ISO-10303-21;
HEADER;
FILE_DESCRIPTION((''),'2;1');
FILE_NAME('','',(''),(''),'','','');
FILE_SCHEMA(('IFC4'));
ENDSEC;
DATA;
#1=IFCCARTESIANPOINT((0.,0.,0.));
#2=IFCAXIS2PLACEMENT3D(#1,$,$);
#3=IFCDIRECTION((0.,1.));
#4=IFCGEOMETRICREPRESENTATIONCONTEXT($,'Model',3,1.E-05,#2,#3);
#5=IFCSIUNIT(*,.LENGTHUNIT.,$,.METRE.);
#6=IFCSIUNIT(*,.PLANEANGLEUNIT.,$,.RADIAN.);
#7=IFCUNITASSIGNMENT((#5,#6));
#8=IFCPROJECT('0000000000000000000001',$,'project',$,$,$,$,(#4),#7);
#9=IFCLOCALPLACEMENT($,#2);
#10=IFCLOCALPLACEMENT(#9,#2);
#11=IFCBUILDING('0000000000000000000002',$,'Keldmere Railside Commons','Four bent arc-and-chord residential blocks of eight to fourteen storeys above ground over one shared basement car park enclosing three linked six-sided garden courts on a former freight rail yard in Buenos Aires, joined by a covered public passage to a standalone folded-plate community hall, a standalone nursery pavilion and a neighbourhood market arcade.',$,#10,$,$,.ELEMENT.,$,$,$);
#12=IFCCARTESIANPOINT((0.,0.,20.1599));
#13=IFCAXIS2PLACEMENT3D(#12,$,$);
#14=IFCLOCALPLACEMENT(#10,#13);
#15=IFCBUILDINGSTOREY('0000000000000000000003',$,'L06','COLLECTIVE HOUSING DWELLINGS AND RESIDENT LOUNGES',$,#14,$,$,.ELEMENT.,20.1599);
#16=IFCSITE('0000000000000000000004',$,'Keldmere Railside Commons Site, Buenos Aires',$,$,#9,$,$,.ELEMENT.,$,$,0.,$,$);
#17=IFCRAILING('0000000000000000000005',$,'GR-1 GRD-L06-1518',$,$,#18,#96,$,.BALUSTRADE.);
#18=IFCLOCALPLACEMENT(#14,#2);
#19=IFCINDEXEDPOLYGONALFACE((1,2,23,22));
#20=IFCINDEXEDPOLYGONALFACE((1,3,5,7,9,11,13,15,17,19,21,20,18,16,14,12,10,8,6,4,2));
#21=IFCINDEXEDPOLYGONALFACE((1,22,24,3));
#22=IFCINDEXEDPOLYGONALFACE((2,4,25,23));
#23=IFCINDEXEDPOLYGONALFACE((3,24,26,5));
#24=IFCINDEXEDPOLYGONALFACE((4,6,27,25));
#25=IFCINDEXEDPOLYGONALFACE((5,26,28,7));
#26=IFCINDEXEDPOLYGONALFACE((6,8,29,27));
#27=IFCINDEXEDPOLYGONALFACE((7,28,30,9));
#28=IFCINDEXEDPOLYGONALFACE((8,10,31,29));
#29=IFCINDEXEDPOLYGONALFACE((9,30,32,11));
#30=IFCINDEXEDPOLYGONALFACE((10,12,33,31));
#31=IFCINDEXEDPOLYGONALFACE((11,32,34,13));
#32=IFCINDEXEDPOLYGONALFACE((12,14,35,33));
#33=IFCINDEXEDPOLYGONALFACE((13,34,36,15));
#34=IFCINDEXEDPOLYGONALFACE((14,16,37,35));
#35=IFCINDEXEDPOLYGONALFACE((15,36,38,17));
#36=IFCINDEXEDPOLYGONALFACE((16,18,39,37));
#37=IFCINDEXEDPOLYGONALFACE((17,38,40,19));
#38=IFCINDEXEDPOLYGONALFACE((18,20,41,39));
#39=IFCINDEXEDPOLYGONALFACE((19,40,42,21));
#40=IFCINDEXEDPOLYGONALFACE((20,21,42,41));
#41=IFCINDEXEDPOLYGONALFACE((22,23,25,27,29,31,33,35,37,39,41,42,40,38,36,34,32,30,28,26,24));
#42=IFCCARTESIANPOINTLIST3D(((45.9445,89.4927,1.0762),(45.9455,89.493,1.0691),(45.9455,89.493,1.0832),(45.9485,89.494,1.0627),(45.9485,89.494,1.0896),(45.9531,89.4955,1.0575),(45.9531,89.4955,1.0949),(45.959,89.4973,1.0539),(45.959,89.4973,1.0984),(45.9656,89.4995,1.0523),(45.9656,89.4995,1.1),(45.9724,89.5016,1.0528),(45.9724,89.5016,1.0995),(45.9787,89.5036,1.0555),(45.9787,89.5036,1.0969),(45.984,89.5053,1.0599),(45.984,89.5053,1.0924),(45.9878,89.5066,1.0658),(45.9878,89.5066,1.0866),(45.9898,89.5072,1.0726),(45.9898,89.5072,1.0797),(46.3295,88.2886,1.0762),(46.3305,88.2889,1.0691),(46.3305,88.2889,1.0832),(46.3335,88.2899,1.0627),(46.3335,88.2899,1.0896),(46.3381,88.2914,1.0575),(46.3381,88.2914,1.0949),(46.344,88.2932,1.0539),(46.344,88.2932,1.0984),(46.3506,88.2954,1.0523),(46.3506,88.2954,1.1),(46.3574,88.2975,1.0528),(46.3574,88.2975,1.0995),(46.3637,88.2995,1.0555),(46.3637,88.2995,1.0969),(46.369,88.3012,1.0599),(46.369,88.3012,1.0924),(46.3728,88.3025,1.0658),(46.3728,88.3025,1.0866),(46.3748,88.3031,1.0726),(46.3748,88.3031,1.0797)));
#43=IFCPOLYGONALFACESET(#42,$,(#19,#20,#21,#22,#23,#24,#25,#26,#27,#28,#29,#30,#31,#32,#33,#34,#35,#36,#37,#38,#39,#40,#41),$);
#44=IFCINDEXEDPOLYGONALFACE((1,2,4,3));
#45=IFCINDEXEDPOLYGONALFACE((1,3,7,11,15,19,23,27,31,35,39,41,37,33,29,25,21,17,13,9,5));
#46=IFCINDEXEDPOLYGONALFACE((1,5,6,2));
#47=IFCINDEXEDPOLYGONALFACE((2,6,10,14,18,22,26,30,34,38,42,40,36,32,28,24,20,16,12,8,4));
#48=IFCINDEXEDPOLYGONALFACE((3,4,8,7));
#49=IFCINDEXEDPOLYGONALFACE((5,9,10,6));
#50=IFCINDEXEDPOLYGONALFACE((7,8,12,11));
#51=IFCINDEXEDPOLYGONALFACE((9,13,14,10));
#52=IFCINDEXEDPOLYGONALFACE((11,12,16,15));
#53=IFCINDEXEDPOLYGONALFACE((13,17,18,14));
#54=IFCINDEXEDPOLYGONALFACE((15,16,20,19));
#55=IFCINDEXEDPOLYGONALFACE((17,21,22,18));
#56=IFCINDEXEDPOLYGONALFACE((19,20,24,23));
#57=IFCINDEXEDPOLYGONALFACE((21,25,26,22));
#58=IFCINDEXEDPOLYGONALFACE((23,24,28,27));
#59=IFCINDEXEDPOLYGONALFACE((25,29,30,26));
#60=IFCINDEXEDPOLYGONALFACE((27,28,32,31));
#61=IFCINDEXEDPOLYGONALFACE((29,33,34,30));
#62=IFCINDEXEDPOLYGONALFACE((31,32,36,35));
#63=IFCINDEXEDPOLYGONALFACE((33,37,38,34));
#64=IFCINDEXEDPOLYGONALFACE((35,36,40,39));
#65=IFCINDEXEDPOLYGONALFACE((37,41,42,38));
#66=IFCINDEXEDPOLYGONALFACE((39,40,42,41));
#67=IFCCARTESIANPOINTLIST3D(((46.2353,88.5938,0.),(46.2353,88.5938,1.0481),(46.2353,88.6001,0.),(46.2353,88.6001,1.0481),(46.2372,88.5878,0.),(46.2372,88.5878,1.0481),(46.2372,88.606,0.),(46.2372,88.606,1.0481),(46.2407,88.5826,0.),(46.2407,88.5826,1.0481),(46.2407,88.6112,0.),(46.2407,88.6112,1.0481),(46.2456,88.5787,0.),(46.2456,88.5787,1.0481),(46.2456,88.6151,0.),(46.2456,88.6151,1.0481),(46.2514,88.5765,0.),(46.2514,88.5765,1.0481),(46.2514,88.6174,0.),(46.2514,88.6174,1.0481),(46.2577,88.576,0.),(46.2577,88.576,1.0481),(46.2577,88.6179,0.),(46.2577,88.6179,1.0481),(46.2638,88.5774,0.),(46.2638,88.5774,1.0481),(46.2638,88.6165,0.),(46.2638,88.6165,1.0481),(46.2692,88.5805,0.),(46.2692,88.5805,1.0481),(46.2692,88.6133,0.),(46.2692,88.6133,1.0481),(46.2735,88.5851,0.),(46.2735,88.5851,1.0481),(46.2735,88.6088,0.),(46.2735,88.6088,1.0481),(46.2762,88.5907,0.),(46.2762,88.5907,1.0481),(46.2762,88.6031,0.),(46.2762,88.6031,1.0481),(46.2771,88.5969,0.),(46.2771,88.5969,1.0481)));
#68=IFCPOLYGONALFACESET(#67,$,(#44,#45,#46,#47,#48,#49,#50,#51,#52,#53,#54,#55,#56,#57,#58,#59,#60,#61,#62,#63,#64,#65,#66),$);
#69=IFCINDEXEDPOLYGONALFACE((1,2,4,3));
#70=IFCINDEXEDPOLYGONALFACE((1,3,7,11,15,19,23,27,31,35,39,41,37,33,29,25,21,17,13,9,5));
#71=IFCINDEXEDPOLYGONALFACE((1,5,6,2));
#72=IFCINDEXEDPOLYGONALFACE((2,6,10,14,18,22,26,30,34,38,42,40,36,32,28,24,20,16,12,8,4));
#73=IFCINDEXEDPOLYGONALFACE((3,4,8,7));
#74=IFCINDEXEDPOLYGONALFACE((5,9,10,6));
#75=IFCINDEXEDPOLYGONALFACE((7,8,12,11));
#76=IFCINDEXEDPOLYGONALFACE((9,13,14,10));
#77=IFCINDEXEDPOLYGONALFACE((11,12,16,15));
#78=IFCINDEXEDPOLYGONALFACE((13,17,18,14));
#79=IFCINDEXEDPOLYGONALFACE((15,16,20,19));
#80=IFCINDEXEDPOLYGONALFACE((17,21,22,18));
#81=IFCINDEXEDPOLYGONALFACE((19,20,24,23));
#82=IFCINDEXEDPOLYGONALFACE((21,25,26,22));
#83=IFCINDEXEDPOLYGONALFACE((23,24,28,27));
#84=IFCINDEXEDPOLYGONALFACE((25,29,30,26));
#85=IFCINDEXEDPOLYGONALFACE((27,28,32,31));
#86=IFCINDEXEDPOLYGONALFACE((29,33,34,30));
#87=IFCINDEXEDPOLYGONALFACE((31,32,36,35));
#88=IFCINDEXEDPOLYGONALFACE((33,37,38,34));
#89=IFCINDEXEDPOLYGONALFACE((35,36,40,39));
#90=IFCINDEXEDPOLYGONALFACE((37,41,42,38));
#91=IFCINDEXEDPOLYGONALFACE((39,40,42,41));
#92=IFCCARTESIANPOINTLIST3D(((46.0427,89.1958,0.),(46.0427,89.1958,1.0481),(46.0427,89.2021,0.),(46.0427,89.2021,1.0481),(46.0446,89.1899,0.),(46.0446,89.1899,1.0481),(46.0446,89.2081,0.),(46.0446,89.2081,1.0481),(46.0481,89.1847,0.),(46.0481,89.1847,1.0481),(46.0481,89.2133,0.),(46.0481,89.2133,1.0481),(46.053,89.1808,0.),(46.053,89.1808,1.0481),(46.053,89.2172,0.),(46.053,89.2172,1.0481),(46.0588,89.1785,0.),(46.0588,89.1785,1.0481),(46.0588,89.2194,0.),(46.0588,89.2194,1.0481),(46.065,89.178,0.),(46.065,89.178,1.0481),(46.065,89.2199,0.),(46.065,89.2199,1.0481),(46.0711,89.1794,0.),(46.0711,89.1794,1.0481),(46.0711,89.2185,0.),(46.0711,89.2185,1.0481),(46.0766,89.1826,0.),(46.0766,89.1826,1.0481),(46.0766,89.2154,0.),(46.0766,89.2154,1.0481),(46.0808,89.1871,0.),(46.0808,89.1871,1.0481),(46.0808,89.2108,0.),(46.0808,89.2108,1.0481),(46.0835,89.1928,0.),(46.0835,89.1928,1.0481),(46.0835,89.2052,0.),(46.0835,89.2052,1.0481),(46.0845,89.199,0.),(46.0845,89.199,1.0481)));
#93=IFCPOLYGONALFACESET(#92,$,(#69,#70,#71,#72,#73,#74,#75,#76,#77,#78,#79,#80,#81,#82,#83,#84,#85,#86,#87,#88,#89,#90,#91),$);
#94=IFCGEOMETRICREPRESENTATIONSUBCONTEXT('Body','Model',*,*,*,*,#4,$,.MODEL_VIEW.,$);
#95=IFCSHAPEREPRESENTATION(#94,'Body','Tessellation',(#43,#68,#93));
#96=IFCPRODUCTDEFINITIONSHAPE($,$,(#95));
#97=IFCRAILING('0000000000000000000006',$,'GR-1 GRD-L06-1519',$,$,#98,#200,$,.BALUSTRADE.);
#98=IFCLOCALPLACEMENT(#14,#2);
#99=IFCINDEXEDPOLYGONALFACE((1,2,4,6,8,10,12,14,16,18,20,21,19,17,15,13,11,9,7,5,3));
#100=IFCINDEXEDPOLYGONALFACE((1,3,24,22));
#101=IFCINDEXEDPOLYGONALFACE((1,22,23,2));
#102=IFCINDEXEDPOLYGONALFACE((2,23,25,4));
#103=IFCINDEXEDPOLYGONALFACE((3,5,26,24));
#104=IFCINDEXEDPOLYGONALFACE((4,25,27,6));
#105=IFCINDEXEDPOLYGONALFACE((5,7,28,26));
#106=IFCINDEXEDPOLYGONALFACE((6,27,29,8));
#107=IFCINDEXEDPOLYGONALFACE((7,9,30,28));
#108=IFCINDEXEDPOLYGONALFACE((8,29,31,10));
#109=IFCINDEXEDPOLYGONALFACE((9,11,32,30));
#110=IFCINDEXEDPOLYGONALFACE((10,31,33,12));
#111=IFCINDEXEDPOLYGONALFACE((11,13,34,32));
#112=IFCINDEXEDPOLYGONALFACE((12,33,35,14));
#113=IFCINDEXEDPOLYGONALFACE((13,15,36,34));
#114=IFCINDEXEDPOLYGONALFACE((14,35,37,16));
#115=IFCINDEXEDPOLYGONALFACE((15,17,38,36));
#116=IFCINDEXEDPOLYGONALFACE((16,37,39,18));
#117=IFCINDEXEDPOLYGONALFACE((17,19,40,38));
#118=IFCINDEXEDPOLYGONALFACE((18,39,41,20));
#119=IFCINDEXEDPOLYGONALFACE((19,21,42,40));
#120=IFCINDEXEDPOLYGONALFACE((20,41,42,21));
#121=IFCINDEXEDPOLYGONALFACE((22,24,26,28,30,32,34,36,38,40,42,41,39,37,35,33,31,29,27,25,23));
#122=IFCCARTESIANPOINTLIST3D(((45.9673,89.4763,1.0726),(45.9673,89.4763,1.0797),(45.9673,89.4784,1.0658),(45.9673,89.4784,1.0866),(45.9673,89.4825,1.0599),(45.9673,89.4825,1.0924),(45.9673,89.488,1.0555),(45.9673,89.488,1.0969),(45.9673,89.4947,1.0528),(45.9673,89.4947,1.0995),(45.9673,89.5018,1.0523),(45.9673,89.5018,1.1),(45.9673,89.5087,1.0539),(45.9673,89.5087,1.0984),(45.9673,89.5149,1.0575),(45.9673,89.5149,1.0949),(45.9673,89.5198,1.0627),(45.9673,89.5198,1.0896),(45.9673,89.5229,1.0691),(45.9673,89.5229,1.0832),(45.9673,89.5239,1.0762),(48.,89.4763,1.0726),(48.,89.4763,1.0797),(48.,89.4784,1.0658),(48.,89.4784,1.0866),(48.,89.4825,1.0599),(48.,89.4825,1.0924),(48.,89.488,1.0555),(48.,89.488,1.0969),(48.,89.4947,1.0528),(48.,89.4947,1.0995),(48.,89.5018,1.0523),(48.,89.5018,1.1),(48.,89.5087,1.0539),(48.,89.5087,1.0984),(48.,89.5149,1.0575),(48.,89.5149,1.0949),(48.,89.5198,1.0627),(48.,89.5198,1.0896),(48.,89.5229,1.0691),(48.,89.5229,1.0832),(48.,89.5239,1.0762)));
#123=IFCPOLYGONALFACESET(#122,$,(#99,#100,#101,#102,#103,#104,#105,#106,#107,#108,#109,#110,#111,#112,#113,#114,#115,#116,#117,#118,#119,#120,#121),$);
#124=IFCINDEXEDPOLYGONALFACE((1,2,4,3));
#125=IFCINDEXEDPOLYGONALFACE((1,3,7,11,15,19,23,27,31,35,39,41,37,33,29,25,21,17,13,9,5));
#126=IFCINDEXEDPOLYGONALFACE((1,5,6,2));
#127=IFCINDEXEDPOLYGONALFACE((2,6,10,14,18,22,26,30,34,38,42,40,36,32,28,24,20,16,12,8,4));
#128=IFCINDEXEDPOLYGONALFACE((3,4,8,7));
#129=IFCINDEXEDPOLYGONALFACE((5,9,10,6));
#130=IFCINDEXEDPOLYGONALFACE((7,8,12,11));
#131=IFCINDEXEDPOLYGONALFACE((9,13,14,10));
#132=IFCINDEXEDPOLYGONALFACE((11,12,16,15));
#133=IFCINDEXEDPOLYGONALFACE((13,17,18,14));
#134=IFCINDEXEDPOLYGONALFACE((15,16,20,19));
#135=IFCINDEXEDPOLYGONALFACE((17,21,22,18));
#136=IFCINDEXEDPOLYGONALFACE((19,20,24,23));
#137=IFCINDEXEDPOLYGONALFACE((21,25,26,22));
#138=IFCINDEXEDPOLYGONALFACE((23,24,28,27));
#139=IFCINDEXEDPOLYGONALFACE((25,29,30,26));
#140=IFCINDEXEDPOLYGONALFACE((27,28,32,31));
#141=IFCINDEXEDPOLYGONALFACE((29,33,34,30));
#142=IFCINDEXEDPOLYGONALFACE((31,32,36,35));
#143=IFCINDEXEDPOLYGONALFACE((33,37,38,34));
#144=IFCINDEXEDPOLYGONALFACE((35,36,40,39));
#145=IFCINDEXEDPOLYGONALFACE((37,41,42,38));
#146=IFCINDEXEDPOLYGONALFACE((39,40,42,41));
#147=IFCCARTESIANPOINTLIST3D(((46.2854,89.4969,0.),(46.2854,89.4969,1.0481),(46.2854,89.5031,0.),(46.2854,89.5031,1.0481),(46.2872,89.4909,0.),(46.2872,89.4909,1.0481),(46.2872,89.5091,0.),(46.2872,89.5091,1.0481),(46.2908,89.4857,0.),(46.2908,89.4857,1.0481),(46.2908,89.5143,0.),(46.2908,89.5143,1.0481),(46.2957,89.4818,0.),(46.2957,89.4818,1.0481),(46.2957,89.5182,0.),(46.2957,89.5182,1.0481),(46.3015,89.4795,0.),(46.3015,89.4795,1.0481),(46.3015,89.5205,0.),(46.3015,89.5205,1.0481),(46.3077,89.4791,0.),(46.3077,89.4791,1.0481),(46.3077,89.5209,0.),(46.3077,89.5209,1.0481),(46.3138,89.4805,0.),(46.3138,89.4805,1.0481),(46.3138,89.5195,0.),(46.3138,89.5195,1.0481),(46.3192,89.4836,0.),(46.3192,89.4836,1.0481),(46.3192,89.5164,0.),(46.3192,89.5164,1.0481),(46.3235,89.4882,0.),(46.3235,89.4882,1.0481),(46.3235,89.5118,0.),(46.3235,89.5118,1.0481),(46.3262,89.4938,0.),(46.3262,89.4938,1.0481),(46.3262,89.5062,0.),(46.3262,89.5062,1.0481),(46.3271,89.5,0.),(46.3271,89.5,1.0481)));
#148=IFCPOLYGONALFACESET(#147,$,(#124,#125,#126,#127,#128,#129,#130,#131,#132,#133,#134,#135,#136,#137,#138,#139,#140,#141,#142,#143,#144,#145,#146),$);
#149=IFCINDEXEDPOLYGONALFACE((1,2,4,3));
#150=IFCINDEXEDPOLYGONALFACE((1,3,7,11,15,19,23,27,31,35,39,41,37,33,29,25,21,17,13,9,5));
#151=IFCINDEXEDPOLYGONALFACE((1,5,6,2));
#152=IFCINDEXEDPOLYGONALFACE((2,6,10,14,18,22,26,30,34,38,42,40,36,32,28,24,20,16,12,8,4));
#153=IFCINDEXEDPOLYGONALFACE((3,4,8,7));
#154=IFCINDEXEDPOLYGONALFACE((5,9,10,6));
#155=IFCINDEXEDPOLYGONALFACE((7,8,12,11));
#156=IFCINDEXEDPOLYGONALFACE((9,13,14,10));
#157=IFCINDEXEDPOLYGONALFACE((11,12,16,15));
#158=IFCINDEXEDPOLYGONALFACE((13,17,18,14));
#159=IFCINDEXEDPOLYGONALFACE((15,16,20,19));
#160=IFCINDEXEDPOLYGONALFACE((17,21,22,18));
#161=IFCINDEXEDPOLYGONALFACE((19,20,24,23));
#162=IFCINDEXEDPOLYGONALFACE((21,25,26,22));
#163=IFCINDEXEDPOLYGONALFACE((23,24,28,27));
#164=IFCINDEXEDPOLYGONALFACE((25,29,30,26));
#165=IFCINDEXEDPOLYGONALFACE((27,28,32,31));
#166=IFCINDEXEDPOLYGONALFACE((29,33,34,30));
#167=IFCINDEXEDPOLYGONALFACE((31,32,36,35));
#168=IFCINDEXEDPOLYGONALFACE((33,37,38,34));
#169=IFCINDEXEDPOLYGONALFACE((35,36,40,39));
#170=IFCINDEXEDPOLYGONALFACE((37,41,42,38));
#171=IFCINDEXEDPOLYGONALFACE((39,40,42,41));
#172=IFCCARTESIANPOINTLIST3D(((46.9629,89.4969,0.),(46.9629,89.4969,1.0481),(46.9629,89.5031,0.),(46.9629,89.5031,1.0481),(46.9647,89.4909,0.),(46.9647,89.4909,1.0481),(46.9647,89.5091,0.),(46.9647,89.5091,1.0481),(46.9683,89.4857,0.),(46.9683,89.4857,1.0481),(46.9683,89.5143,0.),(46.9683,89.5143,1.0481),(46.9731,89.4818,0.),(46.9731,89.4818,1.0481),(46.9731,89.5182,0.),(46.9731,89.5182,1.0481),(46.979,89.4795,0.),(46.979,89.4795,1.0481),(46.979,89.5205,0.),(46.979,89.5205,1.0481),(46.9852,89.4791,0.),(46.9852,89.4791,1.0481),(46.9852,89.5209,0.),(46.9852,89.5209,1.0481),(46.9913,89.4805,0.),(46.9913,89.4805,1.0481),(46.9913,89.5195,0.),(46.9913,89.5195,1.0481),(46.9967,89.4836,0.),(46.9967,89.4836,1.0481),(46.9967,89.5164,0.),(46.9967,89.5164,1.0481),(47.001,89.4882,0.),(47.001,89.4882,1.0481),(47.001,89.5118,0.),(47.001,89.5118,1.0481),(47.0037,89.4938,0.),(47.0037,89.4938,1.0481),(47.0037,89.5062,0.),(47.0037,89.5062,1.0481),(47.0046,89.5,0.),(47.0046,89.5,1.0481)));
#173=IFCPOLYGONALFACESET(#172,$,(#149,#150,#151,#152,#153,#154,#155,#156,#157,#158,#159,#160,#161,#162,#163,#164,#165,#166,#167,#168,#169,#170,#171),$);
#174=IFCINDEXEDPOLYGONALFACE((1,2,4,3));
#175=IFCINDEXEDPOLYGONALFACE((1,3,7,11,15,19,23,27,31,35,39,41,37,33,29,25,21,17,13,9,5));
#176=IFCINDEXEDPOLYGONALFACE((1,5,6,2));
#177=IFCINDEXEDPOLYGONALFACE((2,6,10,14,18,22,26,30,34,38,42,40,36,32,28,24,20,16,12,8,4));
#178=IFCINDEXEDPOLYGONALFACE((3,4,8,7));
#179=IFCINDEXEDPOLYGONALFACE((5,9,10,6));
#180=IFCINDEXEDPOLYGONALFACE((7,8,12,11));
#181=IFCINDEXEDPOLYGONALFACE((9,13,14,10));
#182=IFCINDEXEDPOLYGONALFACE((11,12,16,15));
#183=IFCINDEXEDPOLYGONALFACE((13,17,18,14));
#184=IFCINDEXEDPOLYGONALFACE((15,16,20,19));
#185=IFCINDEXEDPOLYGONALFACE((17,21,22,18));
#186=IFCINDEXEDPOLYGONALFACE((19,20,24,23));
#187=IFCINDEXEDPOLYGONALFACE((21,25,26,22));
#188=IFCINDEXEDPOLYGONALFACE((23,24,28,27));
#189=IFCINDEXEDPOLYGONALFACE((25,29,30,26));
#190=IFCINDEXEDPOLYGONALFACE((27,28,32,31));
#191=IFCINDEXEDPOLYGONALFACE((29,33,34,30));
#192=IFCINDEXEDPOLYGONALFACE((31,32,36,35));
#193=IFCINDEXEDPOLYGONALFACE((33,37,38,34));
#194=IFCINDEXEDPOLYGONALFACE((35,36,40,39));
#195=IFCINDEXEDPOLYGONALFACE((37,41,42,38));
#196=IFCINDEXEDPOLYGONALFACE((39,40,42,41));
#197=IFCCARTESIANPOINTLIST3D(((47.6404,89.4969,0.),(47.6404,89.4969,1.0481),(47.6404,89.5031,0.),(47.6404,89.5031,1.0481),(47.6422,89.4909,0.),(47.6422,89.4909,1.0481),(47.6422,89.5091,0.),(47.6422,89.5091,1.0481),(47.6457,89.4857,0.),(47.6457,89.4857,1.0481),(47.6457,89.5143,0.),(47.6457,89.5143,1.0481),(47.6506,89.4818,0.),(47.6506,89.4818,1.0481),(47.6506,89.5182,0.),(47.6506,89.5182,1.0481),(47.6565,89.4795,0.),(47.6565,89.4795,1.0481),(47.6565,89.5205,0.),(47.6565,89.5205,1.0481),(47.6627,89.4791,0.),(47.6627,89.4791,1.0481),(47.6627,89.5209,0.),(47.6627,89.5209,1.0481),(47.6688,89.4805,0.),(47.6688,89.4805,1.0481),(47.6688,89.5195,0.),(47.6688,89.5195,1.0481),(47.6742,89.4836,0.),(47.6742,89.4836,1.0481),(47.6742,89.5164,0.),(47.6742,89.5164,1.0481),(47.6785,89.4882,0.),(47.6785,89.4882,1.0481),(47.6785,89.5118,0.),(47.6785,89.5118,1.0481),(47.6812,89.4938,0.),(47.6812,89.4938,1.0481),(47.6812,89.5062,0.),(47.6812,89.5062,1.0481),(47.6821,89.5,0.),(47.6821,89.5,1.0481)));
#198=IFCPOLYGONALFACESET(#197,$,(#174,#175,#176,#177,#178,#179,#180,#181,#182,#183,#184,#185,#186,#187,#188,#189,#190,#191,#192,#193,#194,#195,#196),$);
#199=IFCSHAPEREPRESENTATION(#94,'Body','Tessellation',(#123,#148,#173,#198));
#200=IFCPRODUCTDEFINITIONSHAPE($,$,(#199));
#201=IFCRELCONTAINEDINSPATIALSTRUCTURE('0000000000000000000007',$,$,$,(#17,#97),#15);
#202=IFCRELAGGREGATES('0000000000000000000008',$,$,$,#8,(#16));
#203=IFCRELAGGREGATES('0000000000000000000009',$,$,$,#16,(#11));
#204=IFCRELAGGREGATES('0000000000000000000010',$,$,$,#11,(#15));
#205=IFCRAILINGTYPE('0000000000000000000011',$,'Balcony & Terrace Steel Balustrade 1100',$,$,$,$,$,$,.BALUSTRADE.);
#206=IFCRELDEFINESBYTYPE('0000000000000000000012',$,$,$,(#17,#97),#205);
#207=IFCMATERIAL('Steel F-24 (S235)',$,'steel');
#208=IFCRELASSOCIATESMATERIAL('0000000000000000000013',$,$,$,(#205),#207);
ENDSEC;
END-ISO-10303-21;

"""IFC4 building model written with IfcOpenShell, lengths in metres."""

from ifc_helpers import new_model, si_unit, direction, frame, origin, origin_2d, place, context, subcontext, project, spatial, circle, extrude, material, type_object, element, save


model = new_model("IFC4")

# Units and contexts
model_context = context("Model", 3, precision=1e-05, world=origin(), true_north=direction((0.0, 1.0)))
body_context = subcontext(model_context, "Body", "Model", "MODEL_VIEW")
ifc_project = project(units=[si_unit("LENGTHUNIT", "METRE"), si_unit("PLANEANGLEUNIT", "RADIAN")], contexts=[model_context])

# Site, building, storey
site_placement = place(None, origin())
site = spatial("IfcSite", under=ifc_project, at=site_placement, Name="Keldmere Railside Commons Site, Buenos Aires", CompositionType="ELEMENT", RefElevation=0.0)
building_placement = place(site_placement, origin())
building = spatial("IfcBuilding", under=site, at=building_placement, Name="Keldmere Railside Commons", Description="Four bent arc-and-chord residential blocks of eight to fourteen storeys above ground over one shared basement car park enclosing three linked six-sided garden courts on a former freight rail yard in Buenos Aires, joined by a covered public passage to a standalone folded-plate community hall, a standalone nursery pavilion and a neighbourhood market arcade.", CompositionType="ELEMENT")
storey_placement = place(building_placement, frame((0.0, 0.0, 20.1599)))
storey = spatial("IfcBuildingStorey", under=building, at=storey_placement, Name="L06", Description="COLLECTIVE HOUSING DWELLINGS AND RESIDENT LOUNGES", CompositionType="ELEMENT", Elevation=20.1599)

# Railings
ifc_material_1 = material(Name="Steel F-24 (S235)", Category="steel")
railing_type = type_object("IfcRailingType", Name="Balcony & Terrace Steel Balustrade 1100", PredefinedType="BALUSTRADE", material=ifc_material_1)
railing_1_placement = place(storey_placement, frame((46.3523, 88.2959, 0.0)))
element("IfcRailing", 1, at=railing_1_placement, inside=storey, type_object=railing_type, Name="GR-1 GRD-L06-1518", PredefinedType="BALUSTRADE", context=body_context, shape_type="SweptSolid", body=[
    extrude(circle(Radius=0.0239, at=origin_2d()), frame((0.0, 0.0, 1.0762), z_axis=(-0.304558, 0.952494, 0.0), x_axis=(-0.952494, -0.304558, 0.0)), (0.0, 0.0, 1.0), 1.2642),
    extrude(circle(Radius=0.021, at=origin_2d()), frame((-0.0962, 0.301, 0.0)), (0.0, 0.0, 1.0), 1.0481),
    extrude(circle(Radius=0.021, at=origin_2d()), frame((-0.2888, 0.9031, 0.0)), (0.0, 0.0, 1.0), 1.0481),
])
railing_2_placement = place(storey_placement, frame((45.9673, 89.5, 0.0)))
element("IfcRailing", 2, at=railing_2_placement, inside=storey, type_object=railing_type, Name="GR-1 GRD-L06-1519", PredefinedType="BALUSTRADE", context=body_context, shape_type="SweptSolid", body=[
    extrude(circle(Radius=0.0239, at=origin_2d()), frame((0.0, 0.0, 1.0762), z_axis=(1.0, 0.0, 0.0), x_axis=(0.0, 1.0, 0.0)), (0.0, 0.0, 1.0), 2.0327),
    extrude(circle(Radius=0.021, at=origin_2d()), frame((0.3389, 0.0, 0.0)), (0.0, 0.0, 1.0), 1.0481),
    extrude(circle(Radius=0.021, at=origin_2d()), frame((1.0164, 0.0, 0.0)), (0.0, 0.0, 1.0), 1.0481),
    extrude(circle(Radius=0.021, at=origin_2d()), frame((1.6938, 0.0, 0.0)), (0.0, 0.0, 1.0), 1.0481),
])

save(model, "model.ifc")
